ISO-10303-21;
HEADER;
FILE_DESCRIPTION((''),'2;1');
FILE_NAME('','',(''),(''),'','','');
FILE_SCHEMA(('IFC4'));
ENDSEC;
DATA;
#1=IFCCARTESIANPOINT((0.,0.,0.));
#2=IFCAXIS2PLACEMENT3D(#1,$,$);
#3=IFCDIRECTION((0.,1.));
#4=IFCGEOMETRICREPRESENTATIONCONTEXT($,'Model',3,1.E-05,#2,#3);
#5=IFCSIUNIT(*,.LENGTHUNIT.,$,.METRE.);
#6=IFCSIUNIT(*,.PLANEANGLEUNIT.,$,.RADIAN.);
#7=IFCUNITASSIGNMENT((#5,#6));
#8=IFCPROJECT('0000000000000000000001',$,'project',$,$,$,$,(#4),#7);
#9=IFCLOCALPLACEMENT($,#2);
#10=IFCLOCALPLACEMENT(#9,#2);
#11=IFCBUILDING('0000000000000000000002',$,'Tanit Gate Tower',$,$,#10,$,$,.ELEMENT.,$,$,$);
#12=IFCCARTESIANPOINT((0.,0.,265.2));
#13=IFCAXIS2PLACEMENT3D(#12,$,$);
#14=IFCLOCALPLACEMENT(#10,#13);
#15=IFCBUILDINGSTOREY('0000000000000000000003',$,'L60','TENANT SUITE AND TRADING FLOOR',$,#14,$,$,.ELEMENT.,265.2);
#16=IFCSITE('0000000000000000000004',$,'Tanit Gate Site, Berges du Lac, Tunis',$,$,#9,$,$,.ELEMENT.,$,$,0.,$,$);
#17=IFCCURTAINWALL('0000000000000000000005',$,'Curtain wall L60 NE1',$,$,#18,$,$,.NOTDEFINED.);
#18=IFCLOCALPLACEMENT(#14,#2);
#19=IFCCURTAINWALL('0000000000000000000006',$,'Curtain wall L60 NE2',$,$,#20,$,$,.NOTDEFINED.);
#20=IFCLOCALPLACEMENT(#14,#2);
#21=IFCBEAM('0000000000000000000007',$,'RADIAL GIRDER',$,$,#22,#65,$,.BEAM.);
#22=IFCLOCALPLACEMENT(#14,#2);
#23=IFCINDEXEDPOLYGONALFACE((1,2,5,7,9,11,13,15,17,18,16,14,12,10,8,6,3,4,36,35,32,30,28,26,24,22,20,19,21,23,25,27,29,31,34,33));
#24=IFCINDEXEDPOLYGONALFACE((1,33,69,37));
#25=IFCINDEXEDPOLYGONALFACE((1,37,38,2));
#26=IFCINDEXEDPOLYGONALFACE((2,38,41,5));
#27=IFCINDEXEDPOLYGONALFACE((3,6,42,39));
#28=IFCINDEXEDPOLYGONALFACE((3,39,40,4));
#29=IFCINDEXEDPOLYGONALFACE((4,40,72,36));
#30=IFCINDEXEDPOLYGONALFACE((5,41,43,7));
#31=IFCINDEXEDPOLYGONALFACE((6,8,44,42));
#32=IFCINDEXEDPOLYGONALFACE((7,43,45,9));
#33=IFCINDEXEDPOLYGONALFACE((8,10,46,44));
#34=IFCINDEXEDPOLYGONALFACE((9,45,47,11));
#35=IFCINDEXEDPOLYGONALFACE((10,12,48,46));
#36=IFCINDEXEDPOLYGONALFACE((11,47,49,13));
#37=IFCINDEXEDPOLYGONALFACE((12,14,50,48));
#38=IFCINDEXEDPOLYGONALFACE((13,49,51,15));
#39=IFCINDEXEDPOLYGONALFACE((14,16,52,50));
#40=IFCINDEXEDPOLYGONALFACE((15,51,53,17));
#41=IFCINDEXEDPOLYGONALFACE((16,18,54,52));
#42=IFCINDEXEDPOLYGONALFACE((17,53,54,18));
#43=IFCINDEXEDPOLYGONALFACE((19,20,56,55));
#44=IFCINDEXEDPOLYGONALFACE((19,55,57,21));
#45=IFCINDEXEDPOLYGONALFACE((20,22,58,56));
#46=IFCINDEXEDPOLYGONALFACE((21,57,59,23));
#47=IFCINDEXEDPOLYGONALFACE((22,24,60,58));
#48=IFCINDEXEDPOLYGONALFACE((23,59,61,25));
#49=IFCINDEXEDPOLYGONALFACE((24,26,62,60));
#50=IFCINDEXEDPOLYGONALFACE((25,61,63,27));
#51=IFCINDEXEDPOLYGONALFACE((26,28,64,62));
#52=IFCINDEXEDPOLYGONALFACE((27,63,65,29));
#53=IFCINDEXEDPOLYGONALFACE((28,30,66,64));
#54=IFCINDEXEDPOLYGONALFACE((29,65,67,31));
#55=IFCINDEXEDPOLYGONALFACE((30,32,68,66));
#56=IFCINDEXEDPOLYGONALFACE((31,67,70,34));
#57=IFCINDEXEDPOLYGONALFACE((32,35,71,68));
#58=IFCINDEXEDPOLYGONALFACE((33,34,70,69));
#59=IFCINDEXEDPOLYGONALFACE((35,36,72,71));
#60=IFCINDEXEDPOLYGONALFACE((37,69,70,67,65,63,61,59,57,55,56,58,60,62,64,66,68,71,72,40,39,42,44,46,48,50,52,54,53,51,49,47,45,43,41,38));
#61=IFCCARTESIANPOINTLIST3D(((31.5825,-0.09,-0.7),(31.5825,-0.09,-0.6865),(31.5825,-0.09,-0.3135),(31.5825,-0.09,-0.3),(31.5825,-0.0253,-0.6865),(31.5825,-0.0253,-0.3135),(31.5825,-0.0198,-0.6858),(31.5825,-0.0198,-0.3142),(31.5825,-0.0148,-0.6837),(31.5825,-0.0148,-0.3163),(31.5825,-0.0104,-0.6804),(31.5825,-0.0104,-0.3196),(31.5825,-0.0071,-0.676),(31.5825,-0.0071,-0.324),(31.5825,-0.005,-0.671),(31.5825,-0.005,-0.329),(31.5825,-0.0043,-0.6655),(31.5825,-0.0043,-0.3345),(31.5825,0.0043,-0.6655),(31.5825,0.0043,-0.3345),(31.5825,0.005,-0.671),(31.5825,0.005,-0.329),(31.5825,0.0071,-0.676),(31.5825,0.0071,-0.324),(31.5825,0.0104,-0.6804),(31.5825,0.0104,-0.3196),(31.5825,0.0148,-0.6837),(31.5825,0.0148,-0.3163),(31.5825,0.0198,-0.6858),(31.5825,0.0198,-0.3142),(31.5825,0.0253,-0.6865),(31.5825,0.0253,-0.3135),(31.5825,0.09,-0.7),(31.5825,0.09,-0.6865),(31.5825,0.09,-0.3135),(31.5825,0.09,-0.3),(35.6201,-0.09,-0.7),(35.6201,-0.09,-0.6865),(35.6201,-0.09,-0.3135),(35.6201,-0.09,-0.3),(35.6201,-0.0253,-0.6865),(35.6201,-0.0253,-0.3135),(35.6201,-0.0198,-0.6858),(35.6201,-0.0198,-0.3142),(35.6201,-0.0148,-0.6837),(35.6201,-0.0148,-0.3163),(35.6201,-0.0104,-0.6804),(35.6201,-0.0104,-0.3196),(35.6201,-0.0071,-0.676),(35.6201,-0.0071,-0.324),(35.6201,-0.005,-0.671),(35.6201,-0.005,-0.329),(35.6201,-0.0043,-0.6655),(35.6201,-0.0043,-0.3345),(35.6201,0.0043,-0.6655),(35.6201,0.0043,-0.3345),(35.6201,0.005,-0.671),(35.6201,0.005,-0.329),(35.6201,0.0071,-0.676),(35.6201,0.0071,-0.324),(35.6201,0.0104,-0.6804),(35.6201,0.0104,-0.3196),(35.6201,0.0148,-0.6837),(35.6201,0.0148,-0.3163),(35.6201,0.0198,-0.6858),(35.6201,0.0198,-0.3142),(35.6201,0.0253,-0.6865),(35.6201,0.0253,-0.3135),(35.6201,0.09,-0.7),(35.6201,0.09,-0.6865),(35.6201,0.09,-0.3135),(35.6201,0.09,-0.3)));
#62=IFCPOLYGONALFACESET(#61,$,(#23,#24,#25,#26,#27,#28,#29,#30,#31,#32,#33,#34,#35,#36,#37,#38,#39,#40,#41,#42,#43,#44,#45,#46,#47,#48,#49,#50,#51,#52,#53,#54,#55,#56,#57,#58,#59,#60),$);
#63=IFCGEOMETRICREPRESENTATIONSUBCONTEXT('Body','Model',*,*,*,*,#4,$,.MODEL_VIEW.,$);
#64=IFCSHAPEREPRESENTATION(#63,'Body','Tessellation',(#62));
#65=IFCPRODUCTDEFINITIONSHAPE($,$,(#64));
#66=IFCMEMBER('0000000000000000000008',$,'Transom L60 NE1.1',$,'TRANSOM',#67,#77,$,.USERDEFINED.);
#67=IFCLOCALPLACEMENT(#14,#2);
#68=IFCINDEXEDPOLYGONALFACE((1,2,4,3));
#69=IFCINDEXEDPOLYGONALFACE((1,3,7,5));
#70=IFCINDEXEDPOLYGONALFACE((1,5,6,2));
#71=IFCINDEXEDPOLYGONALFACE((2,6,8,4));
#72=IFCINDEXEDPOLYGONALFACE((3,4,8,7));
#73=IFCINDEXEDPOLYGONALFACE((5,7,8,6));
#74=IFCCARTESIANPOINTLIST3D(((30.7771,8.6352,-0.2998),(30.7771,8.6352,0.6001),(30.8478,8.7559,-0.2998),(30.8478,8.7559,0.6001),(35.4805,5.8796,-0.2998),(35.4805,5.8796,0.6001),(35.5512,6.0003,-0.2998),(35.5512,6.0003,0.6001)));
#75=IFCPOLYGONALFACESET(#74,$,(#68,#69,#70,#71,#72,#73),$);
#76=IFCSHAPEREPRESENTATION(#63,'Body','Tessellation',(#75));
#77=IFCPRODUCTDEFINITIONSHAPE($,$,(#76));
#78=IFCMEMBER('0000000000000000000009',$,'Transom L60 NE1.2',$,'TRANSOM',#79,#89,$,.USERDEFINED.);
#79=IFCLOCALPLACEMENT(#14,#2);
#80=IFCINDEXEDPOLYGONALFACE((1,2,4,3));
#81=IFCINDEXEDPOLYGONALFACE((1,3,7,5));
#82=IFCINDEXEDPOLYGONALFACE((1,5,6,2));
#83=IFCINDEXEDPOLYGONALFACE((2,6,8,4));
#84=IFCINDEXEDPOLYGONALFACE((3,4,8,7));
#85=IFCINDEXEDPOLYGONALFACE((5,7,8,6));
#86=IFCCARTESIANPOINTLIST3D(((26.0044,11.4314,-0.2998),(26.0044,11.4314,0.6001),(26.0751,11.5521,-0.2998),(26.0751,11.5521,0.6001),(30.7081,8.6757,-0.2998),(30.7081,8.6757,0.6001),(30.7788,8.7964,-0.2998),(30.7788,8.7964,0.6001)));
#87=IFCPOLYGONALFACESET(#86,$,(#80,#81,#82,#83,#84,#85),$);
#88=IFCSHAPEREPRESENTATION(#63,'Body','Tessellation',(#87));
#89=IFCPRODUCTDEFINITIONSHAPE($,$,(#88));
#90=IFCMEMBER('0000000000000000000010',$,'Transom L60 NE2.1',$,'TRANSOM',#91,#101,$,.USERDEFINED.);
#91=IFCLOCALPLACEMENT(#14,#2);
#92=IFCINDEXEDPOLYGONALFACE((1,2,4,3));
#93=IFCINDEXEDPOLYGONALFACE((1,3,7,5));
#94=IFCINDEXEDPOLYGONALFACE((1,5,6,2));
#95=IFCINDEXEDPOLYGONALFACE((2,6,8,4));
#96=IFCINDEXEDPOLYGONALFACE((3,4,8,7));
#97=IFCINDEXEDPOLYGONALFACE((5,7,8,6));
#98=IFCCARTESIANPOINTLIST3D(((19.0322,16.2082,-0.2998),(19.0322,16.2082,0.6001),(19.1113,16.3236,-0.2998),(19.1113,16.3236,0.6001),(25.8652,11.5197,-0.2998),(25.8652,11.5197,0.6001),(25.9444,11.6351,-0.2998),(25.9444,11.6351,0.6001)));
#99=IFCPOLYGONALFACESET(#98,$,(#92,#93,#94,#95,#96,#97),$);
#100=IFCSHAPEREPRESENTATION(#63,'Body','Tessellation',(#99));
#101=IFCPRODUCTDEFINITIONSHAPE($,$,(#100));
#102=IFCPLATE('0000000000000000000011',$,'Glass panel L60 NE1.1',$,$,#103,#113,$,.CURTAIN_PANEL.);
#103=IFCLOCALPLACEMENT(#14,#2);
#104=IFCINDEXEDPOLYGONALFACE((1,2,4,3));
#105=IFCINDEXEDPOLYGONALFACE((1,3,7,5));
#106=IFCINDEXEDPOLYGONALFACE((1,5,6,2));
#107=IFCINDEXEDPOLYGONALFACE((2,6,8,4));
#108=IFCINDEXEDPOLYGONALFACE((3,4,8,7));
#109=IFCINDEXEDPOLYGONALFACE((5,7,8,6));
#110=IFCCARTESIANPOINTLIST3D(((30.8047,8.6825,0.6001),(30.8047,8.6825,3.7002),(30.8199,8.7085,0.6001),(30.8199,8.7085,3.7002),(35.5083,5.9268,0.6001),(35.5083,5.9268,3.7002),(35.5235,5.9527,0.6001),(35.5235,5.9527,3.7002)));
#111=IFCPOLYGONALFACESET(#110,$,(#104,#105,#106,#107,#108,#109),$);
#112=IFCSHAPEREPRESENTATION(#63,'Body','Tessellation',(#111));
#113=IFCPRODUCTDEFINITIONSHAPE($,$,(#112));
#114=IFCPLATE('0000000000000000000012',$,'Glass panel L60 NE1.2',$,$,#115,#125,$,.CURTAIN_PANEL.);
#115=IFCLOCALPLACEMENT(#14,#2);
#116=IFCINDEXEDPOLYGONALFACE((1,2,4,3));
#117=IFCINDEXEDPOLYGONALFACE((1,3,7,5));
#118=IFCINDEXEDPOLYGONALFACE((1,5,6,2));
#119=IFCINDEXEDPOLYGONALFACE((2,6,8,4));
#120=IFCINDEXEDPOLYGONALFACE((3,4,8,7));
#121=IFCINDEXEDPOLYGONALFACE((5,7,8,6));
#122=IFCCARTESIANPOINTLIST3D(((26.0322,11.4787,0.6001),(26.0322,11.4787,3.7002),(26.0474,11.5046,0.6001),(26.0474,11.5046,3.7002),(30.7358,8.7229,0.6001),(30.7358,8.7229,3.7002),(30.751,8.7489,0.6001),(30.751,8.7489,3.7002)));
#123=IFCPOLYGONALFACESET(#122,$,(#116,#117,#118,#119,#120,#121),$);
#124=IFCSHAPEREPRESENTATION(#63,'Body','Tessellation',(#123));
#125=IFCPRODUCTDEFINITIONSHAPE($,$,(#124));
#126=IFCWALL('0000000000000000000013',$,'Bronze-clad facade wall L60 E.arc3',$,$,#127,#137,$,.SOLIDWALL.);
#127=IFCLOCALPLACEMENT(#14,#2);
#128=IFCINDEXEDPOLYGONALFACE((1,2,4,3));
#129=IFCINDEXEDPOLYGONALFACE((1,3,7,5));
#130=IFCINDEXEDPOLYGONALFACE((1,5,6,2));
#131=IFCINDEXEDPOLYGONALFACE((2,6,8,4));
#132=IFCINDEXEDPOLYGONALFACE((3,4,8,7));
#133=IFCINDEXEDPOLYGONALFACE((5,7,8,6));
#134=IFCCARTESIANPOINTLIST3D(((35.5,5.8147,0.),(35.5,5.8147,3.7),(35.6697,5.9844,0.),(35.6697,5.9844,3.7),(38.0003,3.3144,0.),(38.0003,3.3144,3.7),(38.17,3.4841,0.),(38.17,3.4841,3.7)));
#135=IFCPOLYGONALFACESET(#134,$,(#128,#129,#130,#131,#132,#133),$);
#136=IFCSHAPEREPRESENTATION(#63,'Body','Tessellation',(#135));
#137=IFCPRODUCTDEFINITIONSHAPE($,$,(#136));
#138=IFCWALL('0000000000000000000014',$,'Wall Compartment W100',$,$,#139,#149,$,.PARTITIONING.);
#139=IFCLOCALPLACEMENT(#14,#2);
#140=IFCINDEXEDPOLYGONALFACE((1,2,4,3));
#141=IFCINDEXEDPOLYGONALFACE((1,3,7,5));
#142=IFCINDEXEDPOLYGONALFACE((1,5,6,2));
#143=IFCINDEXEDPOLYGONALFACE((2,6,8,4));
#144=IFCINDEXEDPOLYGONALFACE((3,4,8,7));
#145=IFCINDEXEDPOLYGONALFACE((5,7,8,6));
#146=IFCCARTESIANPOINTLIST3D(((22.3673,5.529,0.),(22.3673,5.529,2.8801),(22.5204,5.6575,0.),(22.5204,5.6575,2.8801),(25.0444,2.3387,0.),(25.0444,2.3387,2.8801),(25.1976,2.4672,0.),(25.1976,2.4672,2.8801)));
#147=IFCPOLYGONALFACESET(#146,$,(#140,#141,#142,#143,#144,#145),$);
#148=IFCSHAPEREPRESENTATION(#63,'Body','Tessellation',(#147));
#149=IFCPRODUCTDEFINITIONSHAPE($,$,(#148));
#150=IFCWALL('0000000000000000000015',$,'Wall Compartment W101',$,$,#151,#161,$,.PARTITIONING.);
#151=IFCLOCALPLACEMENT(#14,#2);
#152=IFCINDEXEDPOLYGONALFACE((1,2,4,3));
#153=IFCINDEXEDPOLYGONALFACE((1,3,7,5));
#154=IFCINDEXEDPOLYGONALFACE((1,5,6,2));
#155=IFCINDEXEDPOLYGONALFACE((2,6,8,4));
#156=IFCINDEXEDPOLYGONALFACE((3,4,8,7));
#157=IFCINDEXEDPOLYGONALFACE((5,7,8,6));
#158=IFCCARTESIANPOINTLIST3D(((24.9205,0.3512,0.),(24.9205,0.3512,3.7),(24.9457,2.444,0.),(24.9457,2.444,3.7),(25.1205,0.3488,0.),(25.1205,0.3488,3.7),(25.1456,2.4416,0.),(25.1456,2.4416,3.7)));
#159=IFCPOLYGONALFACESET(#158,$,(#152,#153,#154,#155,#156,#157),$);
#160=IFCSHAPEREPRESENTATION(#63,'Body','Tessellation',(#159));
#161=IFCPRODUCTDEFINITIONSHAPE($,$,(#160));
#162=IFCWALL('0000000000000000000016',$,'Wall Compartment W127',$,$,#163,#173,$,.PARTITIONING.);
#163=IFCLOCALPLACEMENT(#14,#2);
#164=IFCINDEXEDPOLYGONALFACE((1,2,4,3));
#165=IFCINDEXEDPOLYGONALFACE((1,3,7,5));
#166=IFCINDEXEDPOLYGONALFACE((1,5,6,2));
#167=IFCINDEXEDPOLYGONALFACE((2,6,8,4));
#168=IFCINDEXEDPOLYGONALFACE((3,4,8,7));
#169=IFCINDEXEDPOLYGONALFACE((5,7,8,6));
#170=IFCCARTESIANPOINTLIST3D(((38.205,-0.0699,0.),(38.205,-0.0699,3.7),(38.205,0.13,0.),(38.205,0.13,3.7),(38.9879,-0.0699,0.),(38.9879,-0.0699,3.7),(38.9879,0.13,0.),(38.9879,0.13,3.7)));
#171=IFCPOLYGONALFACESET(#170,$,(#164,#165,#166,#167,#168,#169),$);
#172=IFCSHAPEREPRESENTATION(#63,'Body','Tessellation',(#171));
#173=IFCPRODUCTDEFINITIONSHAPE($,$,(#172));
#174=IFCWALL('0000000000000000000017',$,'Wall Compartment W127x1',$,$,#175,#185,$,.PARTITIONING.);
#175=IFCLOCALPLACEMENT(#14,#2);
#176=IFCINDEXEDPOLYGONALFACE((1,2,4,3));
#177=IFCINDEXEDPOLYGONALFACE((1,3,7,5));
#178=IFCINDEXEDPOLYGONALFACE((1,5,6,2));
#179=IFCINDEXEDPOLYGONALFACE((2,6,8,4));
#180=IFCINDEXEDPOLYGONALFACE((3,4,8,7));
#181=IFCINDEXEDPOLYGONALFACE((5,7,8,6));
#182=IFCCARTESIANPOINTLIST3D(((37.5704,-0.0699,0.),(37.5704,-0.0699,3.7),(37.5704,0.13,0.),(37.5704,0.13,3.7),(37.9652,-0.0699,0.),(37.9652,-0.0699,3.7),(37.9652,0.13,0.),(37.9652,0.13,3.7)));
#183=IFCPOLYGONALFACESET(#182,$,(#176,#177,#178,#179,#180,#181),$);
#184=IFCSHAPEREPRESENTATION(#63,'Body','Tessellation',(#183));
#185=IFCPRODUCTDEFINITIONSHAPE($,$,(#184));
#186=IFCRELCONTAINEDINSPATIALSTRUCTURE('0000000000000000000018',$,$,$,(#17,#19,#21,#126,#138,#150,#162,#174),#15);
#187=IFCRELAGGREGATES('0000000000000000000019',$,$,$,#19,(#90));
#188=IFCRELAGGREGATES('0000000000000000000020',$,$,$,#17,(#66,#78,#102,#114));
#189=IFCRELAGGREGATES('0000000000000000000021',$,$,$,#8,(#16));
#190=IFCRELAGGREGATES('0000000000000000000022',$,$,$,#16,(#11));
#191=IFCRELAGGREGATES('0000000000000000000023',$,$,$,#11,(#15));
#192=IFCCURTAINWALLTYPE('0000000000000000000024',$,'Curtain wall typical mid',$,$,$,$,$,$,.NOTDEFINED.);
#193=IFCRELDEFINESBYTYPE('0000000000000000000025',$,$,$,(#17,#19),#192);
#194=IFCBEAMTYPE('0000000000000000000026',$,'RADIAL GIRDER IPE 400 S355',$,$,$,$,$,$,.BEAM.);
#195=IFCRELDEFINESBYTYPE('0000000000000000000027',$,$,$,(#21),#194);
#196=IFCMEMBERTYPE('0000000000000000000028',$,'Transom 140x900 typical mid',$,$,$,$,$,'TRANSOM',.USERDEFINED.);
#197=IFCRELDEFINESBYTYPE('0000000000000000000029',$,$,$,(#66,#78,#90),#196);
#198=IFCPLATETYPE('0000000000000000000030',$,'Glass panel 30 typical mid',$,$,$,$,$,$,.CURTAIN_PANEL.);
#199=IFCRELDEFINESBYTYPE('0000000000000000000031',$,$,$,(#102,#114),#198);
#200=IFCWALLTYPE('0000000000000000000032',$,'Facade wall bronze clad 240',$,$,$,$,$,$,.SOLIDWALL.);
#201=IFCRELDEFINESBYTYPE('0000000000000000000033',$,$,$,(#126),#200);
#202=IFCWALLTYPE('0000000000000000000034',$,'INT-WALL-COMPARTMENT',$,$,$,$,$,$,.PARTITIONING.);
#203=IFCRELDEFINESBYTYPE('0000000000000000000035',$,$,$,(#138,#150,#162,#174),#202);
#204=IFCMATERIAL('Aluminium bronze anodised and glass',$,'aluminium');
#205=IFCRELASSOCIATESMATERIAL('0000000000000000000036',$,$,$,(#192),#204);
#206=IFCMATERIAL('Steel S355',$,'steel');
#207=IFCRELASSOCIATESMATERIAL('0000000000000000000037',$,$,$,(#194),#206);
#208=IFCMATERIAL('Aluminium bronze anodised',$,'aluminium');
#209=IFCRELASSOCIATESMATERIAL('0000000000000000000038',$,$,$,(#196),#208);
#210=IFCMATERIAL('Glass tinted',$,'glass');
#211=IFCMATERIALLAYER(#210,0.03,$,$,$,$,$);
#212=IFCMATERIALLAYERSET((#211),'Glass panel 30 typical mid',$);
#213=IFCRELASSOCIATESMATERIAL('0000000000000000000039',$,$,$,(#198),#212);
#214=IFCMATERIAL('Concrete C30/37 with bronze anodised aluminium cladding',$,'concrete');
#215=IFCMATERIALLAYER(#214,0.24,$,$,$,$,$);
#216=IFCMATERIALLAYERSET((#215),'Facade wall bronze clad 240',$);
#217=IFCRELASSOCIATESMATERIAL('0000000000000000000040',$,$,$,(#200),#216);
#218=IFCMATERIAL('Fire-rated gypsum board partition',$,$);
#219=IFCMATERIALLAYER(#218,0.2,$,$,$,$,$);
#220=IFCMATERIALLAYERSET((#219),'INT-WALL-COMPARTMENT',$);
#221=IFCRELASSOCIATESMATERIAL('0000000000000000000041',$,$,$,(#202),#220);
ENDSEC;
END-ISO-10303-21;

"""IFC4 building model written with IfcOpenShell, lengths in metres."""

from ifc_helpers import new_model, si_unit, direction, frame, frame_2d, origin, origin_2d, place, context, subcontext, project, spatial, rectangle, i_section, extrude, material, layer, layer_set, material_profile, profile_set, type_object, element, aggregate, save


model = new_model("IFC4")

# Units and contexts
model_context = context("Model", 3, precision=1e-05, world=origin(), true_north=direction((0.0, 1.0)))
body_context = subcontext(model_context, "Body", "Model", "MODEL_VIEW")
ifc_project = project(units=[si_unit("LENGTHUNIT", "METRE"), si_unit("PLANEANGLEUNIT", "RADIAN")], contexts=[model_context])

# Site, building, storey
site_placement = place(None, origin())
site = spatial("IfcSite", under=ifc_project, at=site_placement, Name="Tanit Gate Site, Berges du Lac, Tunis", CompositionType="ELEMENT", RefElevation=0.0)
building_placement = place(site_placement, origin())
building = spatial("IfcBuilding", under=site, at=building_placement, Name="Tanit Gate Tower", CompositionType="ELEMENT")
storey_placement = place(building_placement, frame((0.0, 0.0, 265.2)))
storey = spatial("IfcBuildingStorey", under=building, at=storey_placement, Name="L60", Description="TENANT SUITE AND TRADING FLOOR", CompositionType="ELEMENT", Elevation=265.2)

# Curtain walls
ifc_material_1 = material(Name="Aluminium bronze anodised and glass", Category="aluminium")
curtain_wall_type = type_object("IfcCurtainWallType", Name="Curtain wall typical mid", PredefinedType="NOTDEFINED", material=ifc_material_1)
curtain_wall_1_placement = place(storey_placement, origin())
curtain_wall_1 = element("IfcCurtainWall", 1, at=curtain_wall_1_placement, inside=storey, type_object=curtain_wall_type, Name="Curtain wall L60 NE1", PredefinedType="NOTDEFINED")
curtain_wall_2_placement = place(storey_placement, origin())
curtain_wall_2 = element("IfcCurtainWall", 2, at=curtain_wall_2_placement, inside=storey, type_object=curtain_wall_type, Name="Curtain wall L60 NE2", PredefinedType="NOTDEFINED")

# Beam
ifc_material_2 = material(Name="Steel S355", Category="steel")
ifc_material_profile_1 = material_profile(ifc_material_2, i_section(OverallWidth=0.1799, OverallDepth=0.3999, WebThickness=0.0085, FlangeThickness=0.0134, FilletRadius=0.021, at=origin_2d()), Name="IPE 400")
ifc_profile_set_1 = profile_set([ifc_material_profile_1], Name="Steel S355")
beam_type_1 = type_object("IfcBeamType", Name="RADIAL GIRDER IPE 400 S355", PredefinedType="BEAM", material=ifc_profile_set_1)
beam_1_placement = place(storey_placement, frame((35.6201, 0.0, -0.5), z_axis=(-1.0, 0.0, 0.0), x_axis=(0.0, -1.0, 0.0)))
element("IfcBeam", 3, at=beam_1_placement, inside=storey, type_object=beam_type_1, Name="RADIAL GIRDER", PredefinedType="BEAM", context=body_context, shape_type="SweptSolid", body=[
    extrude(i_section(OverallWidth=0.1799, OverallDepth=0.3999, WebThickness=0.0085, FlangeThickness=0.0134, FilletRadius=0.021, at=origin_2d()), origin(), (0.0, 0.0, 1.0), 4.0376),
])

# Members
ifc_material_3 = material(Name="Aluminium bronze anodised", Category="aluminium")
ifc_material_profile_2 = material_profile(ifc_material_3, rectangle(XDim=0.1399, YDim=0.8999, at=origin_2d()), Name="140x900 bronze transom")
ifc_profile_set_2 = profile_set([ifc_material_profile_2], Name="Aluminium bronze anodised")
member_type_1 = type_object("IfcMemberType", Name="Transom 140x900 typical mid", ElementType="TRANSOM", PredefinedType="USERDEFINED", material=ifc_profile_set_2)
member_1_placement = place(storey_placement, frame((35.5159, 5.9399, 0.1501), z_axis=(-0.862821, 0.50551, 0.0), x_axis=(-0.50551, -0.862821, 0.0)))
member_1 = element("IfcMember", 4, at=member_1_placement, type_object=member_type_1, Name="Transom L60 NE1.1", ObjectType="TRANSOM", PredefinedType="USERDEFINED", context=body_context, shape_type="SweptSolid", body=[
    extrude(rectangle(XDim=0.1399, YDim=0.8999, at=origin_2d()), origin(), (0.0, 0.0, 1.0), 5.4512),
])
member_2_placement = place(storey_placement, frame((30.7434, 8.7361, 0.1501), z_axis=(-0.862832, 0.505491, 0.0), x_axis=(-0.505491, -0.862832, 0.0)))
member_2 = element("IfcMember", 5, at=member_2_placement, type_object=member_type_1, Name="Transom L60 NE1.2", ObjectType="TRANSOM", PredefinedType="USERDEFINED", context=body_context, shape_type="SweptSolid", body=[
    extrude(rectangle(XDim=0.1399, YDim=0.8999, at=origin_2d()), origin(), (0.0, 0.0, 1.0), 5.4514),
])
member_3_placement = place(storey_placement, frame((25.9048, 11.5774, 0.1501), z_axis=(-0.824561, 0.565773, 0.0), x_axis=(-0.565773, -0.824561, 0.0)))
member_3 = element("IfcMember", 6, at=member_3_placement, type_object=member_type_1, Name="Transom L60 NE2.1", ObjectType="TRANSOM", PredefinedType="USERDEFINED", context=body_context, shape_type="SweptSolid", body=[
    extrude(rectangle(XDim=0.1399, YDim=0.8999, at=origin_2d()), origin(), (0.0, 0.0, 1.0), 8.2869),
])
aggregate(curtain_wall_2, [member_3])

# Plates
ifc_material_4 = material(Name="Glass tinted", Category="glass")
ifc_layer_1 = layer(ifc_material_4, 0.03)
ifc_layer_set_1 = layer_set([ifc_layer_1], Name="Glass panel 30 typical mid")
plate_type = type_object("IfcPlateType", Name="Glass panel 30 typical mid", PredefinedType="CURTAIN_PANEL", material=ifc_layer_set_1)
plate_1_placement = place(storey_placement, frame((33.1641, 7.3176, 0.6001), z_axis=(0.0, 0.0, 1.0), x_axis=(-0.862821, 0.50551, 0.0)))
plate_1 = element("IfcPlate", 7, at=plate_1_placement, type_object=plate_type, Name="Glass panel L60 NE1.1", PredefinedType="CURTAIN_PANEL", context=body_context, shape_type="SweptSolid", body=[
    extrude(rectangle(XDim=5.4514, YDim=0.03, at=origin_2d()), origin(), (0.0, 0.0, 1.0), 3.1001),
])
plate_2_placement = place(storey_placement, frame((28.3916, 10.1138, 0.6001), z_axis=(0.0, 0.0, 1.0), x_axis=(-0.862821, 0.50551, 0.0)))
plate_2 = element("IfcPlate", 8, at=plate_2_placement, type_object=plate_type, Name="Glass panel L60 NE1.2", PredefinedType="CURTAIN_PANEL", context=body_context, shape_type="SweptSolid", body=[
    extrude(rectangle(XDim=5.4514, YDim=0.03, at=origin_2d()), origin(), (0.0, 0.0, 1.0), 3.1001),
])
aggregate(curtain_wall_1, [member_1, member_2, plate_1, plate_2])

# Walls
ifc_material_5 = material(Name="Concrete C30/37 with bronze anodised aluminium cladding", Category="concrete")
ifc_layer_2 = layer(ifc_material_5, 0.24)
ifc_layer_set_2 = layer_set([ifc_layer_2], Name="Facade wall bronze clad 240")
wall_type_1 = type_object("IfcWallType", Name="Facade wall bronze clad 240", PredefinedType="SOLIDWALL", material=ifc_layer_set_2)
wall_1_placement = place(storey_placement, frame((38.0852, 3.3992, 0.0), z_axis=(0.0, 0.0, 1.0), x_axis=(-0.707107, 0.707107, 0.0)))
element("IfcWall", 9, at=wall_1_placement, inside=storey, type_object=wall_type_1, Name="Bronze-clad facade wall L60 E.arc3", PredefinedType="SOLIDWALL", context=body_context, shape_type="SweptSolid", body=[
    extrude(rectangle(XDim=3.5359, YDim=0.24, at=frame_2d((1.7681, 0.0))), origin(), (0.0, 0.0, 1.0), 3.7),
])
ifc_material_6 = material(Name="Fire-rated gypsum board partition")
ifc_layer_3 = layer(ifc_material_6, 0.2)
ifc_layer_set_3 = layer_set([ifc_layer_3], Name="INT-WALL-COMPARTMENT")
wall_type_2 = type_object("IfcWallType", Name="INT-WALL-COMPARTMENT", PredefinedType="PARTITIONING", material=ifc_layer_set_3)
wall_2_placement = place(storey_placement, frame((25.1211, 2.4028, 0.0), z_axis=(0.0, 0.0, 1.0), x_axis=(-0.64281, 0.766026, 0.0)))
element("IfcWall", 10, at=wall_2_placement, inside=storey, type_object=wall_type_2, Name="Wall Compartment W100", PredefinedType="PARTITIONING", context=body_context, shape_type="SweptSolid", body=[
    extrude(rectangle(XDim=4.1648, YDim=0.2, at=frame_2d((2.0825, 0.0))), origin(), (0.0, 0.0, 1.0), 2.8801),
])
wall_3_placement = place(storey_placement, frame((25.0205, 0.3501, 0.0), z_axis=(0.0, 0.0, 1.0), x_axis=(0.012015, 0.999928, 0.0)))
element("IfcWall", 11, at=wall_3_placement, inside=storey, type_object=wall_type_2, Name="Wall Compartment W101", PredefinedType="PARTITIONING", context=body_context, shape_type="SweptSolid", body=[
    extrude(rectangle(XDim=2.093, YDim=0.2, at=frame_2d((1.0464, 0.0))), origin(), (0.0, 0.0, 1.0), 3.7),
])
wall_4_placement = place(storey_placement, frame((38.988, 0.03, 0.0), z_axis=(0.0, 0.0, 1.0), x_axis=(-1.0, 0.0, 0.0)))
element("IfcWall", 12, at=wall_4_placement, inside=storey, type_object=wall_type_2, Name="Wall Compartment W127", PredefinedType="PARTITIONING", context=body_context, shape_type="SweptSolid", body=[
    extrude(rectangle(XDim=0.783, YDim=0.2, at=frame_2d((0.3916, 0.0))), origin(), (0.0, 0.0, 1.0), 3.7),
])
wall_5_placement = place(storey_placement, frame((37.9651, 0.03, 0.0), z_axis=(0.0, 0.0, 1.0), x_axis=(-1.0, 0.0, 0.0)))
element("IfcWall", 13, at=wall_5_placement, inside=storey, type_object=wall_type_2, Name="Wall Compartment W127x1", PredefinedType="PARTITIONING", context=body_context, shape_type="SweptSolid", body=[
    extrude(rectangle(XDim=0.3948, YDim=0.2, at=frame_2d((0.1973, 0.0))), origin(), (0.0, 0.0, 1.0), 3.7),
])

save(model, "model.ifc")
